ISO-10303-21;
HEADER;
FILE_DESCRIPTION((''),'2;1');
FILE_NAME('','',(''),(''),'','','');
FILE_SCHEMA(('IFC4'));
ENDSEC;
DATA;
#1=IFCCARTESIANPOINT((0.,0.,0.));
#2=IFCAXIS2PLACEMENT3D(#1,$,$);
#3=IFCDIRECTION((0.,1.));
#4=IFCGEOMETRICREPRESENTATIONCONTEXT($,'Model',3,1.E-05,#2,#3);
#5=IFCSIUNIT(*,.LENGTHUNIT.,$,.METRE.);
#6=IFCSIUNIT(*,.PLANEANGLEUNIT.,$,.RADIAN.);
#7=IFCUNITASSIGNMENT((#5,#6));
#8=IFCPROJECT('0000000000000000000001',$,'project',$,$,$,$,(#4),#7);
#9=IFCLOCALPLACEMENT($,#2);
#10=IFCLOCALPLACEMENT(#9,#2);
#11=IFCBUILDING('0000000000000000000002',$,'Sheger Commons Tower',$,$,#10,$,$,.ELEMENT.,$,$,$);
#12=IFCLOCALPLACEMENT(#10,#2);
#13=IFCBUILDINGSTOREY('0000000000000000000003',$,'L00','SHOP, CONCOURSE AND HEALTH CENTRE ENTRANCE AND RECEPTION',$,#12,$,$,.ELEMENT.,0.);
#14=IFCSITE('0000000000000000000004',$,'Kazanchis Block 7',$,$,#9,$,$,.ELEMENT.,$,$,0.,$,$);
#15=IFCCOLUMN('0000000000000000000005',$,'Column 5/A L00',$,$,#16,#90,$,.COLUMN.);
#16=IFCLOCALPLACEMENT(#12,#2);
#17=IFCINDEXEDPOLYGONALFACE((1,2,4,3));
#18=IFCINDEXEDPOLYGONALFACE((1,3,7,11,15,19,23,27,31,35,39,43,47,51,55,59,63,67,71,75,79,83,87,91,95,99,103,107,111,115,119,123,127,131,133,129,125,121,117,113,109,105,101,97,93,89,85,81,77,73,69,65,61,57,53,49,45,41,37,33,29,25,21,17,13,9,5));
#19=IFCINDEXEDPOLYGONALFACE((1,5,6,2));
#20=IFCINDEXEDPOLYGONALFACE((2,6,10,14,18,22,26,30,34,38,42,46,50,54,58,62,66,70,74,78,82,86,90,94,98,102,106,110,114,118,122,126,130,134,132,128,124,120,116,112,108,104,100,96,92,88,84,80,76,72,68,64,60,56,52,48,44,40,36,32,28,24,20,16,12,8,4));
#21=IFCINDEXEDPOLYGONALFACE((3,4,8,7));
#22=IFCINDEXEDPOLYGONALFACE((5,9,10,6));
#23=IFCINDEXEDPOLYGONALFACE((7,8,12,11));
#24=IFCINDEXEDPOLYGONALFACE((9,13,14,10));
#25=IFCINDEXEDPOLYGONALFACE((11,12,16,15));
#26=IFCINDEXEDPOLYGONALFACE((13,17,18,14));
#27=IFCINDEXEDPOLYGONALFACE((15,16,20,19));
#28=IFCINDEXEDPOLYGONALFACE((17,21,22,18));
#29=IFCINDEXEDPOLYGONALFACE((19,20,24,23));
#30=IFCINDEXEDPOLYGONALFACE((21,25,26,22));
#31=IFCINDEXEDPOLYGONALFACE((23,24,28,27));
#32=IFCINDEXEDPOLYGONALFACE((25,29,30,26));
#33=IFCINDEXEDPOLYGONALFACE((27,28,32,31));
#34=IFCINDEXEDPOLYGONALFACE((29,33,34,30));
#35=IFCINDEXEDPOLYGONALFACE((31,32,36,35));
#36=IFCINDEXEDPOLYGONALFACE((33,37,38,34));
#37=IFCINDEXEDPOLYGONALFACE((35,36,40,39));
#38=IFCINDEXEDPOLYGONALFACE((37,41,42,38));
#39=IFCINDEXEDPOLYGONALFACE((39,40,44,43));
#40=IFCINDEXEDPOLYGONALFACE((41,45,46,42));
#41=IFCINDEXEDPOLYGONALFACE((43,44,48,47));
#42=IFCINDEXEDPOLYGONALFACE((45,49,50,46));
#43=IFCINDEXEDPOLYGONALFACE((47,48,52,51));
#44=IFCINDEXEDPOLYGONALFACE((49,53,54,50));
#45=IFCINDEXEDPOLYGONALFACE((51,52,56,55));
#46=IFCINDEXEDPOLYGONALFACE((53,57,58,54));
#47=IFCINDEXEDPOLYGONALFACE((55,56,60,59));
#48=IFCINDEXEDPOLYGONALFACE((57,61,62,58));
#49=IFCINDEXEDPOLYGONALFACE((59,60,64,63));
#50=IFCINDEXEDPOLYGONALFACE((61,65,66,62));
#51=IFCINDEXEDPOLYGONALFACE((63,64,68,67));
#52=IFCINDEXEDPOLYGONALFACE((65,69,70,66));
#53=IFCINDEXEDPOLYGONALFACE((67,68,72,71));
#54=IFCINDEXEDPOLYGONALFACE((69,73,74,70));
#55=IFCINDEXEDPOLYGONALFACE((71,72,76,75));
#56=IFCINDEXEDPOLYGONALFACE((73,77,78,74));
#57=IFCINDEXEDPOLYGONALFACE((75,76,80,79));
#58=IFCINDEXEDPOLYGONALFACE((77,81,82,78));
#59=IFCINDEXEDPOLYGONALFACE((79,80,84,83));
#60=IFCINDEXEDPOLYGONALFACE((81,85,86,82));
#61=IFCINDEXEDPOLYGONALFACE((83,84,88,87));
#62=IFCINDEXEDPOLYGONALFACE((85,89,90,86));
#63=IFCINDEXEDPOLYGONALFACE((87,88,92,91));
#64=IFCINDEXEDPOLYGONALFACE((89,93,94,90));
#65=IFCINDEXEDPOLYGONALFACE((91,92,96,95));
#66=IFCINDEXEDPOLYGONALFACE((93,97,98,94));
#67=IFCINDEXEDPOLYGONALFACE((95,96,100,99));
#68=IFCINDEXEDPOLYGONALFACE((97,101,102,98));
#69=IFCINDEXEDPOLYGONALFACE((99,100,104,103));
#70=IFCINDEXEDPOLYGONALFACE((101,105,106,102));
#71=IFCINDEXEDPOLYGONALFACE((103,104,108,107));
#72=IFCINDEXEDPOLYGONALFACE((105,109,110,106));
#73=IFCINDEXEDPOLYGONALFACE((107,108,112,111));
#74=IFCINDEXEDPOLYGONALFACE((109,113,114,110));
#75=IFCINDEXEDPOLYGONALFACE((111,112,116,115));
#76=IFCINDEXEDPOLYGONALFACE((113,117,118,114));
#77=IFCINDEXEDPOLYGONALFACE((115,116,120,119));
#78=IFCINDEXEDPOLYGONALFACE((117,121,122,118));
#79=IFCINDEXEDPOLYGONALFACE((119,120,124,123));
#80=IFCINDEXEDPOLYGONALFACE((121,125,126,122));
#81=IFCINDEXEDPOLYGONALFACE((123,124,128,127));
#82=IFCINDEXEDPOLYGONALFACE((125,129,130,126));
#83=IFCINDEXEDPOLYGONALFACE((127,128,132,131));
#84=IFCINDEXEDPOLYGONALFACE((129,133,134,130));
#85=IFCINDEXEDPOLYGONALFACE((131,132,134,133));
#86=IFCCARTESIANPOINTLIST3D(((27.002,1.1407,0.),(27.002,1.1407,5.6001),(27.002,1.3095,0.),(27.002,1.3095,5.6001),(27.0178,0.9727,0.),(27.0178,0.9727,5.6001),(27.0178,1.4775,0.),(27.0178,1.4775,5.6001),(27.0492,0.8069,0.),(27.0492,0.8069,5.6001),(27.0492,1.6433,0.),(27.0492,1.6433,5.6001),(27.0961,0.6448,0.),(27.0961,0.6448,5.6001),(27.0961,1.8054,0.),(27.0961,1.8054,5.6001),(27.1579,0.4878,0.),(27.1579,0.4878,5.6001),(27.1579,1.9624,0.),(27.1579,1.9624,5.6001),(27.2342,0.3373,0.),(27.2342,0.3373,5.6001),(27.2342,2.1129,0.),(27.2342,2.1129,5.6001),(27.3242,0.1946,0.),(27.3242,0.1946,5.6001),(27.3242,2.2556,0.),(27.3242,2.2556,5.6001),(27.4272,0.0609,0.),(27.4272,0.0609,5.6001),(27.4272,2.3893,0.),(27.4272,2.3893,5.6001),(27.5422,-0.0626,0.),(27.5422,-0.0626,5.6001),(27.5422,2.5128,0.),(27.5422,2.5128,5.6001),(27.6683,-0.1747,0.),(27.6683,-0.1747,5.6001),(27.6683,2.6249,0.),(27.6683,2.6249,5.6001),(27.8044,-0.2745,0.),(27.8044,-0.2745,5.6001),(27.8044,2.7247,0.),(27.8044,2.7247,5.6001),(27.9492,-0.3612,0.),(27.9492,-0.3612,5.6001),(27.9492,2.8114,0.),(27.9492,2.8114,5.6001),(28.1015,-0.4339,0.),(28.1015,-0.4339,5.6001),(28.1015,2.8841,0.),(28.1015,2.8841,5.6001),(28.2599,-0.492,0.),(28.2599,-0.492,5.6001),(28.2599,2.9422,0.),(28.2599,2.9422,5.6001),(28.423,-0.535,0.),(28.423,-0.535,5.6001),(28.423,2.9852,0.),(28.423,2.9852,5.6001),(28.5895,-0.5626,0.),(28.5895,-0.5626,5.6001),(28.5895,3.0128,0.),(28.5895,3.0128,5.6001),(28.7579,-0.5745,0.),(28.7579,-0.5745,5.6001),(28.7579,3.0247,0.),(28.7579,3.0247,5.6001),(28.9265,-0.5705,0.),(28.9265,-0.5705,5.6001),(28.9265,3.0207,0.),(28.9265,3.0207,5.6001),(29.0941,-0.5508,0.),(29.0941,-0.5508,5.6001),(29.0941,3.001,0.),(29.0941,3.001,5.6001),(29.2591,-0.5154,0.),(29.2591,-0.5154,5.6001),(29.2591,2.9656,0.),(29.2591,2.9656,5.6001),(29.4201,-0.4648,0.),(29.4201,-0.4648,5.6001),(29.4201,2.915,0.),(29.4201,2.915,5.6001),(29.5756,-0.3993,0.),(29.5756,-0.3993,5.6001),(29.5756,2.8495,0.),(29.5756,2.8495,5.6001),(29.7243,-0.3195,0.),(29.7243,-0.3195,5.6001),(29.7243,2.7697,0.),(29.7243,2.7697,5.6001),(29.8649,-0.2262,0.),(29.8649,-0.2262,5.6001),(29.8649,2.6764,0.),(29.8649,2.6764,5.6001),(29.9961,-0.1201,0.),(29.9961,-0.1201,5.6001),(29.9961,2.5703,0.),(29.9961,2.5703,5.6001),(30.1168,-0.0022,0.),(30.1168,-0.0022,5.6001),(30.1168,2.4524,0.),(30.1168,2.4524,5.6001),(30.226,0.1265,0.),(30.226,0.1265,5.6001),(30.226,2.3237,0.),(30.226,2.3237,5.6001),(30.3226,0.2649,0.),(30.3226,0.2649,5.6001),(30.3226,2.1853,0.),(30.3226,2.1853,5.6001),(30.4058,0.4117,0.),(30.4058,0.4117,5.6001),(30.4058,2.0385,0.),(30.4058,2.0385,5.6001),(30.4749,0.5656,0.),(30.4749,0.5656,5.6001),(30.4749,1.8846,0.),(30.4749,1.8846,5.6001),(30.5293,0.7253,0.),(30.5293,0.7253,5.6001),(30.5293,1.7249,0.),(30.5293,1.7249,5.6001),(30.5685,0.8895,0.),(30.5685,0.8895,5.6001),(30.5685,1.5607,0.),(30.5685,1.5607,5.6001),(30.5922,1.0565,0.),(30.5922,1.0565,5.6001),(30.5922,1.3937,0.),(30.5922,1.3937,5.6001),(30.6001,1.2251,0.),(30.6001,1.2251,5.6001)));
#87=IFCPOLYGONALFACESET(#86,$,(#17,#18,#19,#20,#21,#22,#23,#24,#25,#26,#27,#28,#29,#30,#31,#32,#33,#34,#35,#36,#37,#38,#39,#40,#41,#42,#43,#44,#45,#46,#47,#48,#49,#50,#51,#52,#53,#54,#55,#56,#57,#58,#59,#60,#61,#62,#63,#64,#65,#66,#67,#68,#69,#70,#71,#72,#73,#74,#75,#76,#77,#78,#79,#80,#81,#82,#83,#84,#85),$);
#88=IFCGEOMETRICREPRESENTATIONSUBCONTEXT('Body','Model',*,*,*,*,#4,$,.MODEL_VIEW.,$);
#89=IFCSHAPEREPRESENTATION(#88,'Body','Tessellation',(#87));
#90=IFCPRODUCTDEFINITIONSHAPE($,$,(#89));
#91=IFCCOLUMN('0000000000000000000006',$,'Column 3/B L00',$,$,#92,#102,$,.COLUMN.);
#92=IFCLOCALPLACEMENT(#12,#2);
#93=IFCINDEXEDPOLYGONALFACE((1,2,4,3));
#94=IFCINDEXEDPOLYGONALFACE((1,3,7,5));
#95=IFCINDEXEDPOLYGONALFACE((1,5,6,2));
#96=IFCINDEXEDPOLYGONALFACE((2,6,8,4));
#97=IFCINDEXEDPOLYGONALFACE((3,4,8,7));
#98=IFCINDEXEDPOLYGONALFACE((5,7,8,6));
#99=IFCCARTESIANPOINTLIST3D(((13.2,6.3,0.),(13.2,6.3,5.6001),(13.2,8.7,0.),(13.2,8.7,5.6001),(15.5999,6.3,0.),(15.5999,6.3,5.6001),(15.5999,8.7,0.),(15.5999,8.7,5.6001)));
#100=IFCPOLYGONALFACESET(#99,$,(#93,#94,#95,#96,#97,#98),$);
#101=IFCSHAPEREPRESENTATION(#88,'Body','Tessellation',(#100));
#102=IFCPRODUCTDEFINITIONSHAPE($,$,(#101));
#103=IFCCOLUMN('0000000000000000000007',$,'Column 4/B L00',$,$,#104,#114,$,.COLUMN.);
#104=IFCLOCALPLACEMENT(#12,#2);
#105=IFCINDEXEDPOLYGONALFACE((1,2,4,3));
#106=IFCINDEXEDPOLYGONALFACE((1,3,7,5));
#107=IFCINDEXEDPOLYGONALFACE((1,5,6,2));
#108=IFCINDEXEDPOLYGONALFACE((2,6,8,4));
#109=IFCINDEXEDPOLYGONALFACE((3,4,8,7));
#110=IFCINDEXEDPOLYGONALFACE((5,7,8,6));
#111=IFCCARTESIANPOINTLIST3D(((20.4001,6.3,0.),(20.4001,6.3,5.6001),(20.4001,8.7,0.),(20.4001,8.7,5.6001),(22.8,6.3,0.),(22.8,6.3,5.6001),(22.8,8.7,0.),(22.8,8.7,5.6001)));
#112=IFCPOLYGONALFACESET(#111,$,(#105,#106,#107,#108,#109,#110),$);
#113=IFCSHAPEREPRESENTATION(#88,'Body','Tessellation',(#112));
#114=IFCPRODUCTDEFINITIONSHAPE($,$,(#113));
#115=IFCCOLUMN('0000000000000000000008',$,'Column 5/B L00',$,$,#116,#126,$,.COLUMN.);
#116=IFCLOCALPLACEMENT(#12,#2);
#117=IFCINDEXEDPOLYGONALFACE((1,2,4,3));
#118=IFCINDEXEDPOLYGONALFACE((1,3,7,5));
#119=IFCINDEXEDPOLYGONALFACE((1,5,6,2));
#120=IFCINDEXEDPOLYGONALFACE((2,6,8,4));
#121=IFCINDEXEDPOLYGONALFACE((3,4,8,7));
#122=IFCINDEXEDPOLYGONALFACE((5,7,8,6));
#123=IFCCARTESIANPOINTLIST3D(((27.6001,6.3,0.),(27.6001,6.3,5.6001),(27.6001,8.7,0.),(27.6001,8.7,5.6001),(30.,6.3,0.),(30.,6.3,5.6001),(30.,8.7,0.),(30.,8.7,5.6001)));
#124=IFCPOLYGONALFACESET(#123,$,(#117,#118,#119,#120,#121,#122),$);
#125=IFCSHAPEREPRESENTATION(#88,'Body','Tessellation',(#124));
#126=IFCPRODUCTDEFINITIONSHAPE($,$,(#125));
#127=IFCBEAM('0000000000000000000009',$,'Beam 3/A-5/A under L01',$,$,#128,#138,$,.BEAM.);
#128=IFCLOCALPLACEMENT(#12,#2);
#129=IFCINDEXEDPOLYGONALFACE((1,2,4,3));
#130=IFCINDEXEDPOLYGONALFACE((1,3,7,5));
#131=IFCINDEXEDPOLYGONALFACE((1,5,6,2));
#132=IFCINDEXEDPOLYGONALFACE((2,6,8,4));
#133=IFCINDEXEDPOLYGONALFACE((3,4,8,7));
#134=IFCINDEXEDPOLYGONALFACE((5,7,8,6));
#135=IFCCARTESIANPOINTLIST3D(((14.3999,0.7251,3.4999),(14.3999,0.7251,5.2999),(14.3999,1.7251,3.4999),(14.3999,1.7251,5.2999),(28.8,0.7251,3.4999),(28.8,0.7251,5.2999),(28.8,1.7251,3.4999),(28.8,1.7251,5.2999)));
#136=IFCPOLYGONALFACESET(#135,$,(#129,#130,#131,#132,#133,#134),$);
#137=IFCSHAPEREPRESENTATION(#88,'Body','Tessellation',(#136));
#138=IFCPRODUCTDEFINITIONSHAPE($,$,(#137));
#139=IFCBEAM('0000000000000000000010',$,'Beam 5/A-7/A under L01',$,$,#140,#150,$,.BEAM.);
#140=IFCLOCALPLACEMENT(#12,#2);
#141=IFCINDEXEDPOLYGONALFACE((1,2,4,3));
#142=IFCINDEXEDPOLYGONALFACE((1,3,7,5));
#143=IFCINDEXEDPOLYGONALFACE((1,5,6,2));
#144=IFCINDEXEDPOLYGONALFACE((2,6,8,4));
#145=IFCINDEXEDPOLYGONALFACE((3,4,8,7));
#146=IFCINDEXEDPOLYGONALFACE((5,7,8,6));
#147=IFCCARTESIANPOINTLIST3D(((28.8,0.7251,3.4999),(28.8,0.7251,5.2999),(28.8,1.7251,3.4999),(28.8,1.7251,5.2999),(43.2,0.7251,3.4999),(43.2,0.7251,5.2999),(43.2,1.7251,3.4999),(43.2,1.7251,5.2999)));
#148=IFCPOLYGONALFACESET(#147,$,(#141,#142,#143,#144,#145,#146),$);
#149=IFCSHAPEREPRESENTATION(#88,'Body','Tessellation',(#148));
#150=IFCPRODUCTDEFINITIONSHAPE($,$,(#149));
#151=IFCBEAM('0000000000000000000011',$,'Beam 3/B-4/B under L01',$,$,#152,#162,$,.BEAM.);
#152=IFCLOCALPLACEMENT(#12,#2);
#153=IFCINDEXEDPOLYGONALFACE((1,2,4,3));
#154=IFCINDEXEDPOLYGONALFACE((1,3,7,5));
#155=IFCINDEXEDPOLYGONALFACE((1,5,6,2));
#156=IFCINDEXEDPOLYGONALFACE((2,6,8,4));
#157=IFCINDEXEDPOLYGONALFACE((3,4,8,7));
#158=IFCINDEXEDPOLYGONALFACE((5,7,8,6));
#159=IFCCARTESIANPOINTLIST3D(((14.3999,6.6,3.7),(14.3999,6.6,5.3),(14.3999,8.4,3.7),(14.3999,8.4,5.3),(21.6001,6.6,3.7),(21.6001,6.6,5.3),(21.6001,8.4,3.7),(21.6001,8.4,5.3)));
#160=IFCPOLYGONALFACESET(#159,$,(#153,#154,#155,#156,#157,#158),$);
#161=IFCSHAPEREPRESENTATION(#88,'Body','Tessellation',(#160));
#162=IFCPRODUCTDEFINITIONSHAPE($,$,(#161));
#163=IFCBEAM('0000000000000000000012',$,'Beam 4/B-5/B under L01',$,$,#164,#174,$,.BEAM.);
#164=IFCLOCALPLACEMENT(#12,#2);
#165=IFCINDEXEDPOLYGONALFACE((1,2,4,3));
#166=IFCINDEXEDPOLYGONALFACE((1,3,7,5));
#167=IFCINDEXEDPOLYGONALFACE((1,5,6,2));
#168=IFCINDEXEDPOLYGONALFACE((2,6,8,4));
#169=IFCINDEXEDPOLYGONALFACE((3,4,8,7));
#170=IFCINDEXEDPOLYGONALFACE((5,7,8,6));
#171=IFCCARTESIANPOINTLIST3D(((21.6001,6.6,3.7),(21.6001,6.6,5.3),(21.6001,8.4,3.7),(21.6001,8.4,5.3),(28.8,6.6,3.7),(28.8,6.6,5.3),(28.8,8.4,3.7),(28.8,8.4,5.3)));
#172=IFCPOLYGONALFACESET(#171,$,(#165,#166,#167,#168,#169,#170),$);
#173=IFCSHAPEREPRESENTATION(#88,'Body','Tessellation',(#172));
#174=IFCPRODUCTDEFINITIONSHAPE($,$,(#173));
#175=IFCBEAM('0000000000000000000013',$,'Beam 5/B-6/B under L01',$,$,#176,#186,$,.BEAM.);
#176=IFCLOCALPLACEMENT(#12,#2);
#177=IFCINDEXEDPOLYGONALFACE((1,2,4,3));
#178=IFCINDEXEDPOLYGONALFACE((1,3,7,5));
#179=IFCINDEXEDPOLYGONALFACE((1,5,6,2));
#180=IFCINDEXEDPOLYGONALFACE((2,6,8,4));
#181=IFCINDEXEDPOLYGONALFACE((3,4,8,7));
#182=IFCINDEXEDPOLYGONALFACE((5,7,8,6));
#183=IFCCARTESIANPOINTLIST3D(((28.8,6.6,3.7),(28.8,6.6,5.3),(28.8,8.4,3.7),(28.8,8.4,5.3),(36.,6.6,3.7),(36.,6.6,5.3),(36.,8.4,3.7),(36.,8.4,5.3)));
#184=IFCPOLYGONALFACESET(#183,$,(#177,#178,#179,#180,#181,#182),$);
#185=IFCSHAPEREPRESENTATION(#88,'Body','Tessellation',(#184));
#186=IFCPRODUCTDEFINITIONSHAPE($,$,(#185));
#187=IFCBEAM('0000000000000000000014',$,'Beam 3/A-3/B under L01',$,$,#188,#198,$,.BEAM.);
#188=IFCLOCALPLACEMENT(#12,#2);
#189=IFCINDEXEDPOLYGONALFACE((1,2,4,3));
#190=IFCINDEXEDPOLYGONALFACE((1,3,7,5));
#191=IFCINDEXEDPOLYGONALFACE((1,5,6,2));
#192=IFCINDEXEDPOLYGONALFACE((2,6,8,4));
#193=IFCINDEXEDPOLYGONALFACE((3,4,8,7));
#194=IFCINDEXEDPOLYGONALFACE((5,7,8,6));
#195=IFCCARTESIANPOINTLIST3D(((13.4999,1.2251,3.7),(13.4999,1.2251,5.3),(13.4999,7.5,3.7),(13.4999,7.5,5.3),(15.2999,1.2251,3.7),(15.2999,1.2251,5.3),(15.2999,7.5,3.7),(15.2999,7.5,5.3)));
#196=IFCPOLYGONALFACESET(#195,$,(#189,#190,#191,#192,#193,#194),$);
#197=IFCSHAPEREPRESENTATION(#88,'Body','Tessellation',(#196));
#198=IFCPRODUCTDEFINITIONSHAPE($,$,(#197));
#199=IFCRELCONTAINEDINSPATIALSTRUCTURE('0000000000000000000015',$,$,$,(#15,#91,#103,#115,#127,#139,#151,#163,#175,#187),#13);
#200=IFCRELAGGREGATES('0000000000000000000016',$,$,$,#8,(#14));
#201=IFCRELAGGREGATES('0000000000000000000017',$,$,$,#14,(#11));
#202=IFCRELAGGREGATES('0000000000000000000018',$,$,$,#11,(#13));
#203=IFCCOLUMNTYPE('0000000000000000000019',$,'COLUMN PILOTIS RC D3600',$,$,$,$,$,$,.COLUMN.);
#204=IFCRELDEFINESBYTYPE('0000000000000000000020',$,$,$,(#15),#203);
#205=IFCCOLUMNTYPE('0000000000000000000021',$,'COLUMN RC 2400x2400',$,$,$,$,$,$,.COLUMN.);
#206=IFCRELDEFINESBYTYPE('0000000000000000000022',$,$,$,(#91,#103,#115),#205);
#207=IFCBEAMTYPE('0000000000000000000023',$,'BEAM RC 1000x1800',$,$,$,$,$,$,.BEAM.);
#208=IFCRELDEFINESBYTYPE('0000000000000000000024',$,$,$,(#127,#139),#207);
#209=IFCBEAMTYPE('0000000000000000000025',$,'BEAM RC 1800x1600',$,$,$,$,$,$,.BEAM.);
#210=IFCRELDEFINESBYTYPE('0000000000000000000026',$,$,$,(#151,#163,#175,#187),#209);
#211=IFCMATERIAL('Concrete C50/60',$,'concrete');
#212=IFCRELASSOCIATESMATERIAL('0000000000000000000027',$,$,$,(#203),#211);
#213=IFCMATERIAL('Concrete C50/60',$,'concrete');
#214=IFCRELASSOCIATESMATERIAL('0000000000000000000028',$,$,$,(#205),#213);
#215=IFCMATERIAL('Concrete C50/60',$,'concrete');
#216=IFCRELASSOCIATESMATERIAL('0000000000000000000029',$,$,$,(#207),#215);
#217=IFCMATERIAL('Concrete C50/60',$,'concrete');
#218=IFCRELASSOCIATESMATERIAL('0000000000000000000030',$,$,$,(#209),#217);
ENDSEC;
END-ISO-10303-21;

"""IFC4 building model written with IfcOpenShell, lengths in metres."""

from ifc_helpers import new_model, si_unit, direction, frame, origin, origin_2d, place, context, subcontext, project, spatial, rectangle, circle, extrude, material, material_profile, profile_set, type_object, element, save


model = new_model("IFC4")

# Units and contexts
model_context = context("Model", 3, precision=1e-05, world=origin(), true_north=direction((0.0, 1.0)))
body_context = subcontext(model_context, "Body", "Model", "MODEL_VIEW")
ifc_project = project(units=[si_unit("LENGTHUNIT", "METRE"), si_unit("PLANEANGLEUNIT", "RADIAN")], contexts=[model_context])

# Site, building, storey
site_placement = place(None, origin())
site = spatial("IfcSite", under=ifc_project, at=site_placement, Name="Kazanchis Block 7", CompositionType="ELEMENT", RefElevation=0.0)
building_placement = place(site_placement, origin())
building = spatial("IfcBuilding", under=site, at=building_placement, Name="Sheger Commons Tower", CompositionType="ELEMENT")
storey_placement = place(building_placement, origin())
storey = spatial("IfcBuildingStorey", under=building, at=storey_placement, Name="L00", Description="SHOP, CONCOURSE AND HEALTH CENTRE ENTRANCE AND RECEPTION", CompositionType="ELEMENT", Elevation=0.0)

# Columns
ifc_material_1 = material(Name="Concrete C50/60", Category="concrete")
ifc_material_profile_1 = material_profile(ifc_material_1, circle(Radius=1.8, at=origin_2d()), Name="RC D3600")
ifc_profile_set_1 = profile_set([ifc_material_profile_1], Name="Concrete C50/60")
column_type_1 = type_object("IfcColumnType", Name="COLUMN PILOTIS RC D3600", PredefinedType="COLUMN", material=ifc_profile_set_1)
column_placement = place(storey_placement, frame((28.8, 1.2251, 0.0), z_axis=(0.0, 0.0, 1.0), x_axis=(1.0, 0.0, 0.0)))
element("IfcColumn", 1, at=column_placement, inside=storey, type_object=column_type_1, Name="Column 5/A L00", PredefinedType="COLUMN", context=body_context, shape_type="SweptSolid", body=[
    extrude(circle(Radius=1.8, at=origin_2d()), origin(), (0.0, 0.0, 1.0), 5.6001),
])
ifc_material_2 = material(Name="Concrete C50/60", Category="concrete")
ifc_material_profile_2 = material_profile(ifc_material_2, rectangle(XDim=2.3999, YDim=2.3999, at=origin_2d()), Name="RC 2400x2400")
ifc_profile_set_2 = profile_set([ifc_material_profile_2], Name="Concrete C50/60")
column_type_2 = type_object("IfcColumnType", Name="COLUMN RC 2400x2400", PredefinedType="COLUMN", material=ifc_profile_set_2)
for number, where, z_axis, x_axis, name in (
    (2, (14.3999, 7.5, 0.0), (0.0, 0.0, 1.0), (1.0, 0.0, 0.0), "Column 3/B L00"),
    (3, (21.6001, 7.5, 0.0), (0.0, 0.0, 1.0), (1.0, 0.0, 0.0), "Column 4/B L00"),
    (4, (28.8, 7.5, 0.0), (0.0, 0.0, 1.0), (1.0, 0.0, 0.0), "Column 5/B L00"),
):
    element("IfcColumn", number, at=place(storey_placement, frame(where, z_axis=z_axis, x_axis=x_axis)), inside=storey, type_object=column_type_2, Name=name, PredefinedType="COLUMN", context=body_context, shape_type="SweptSolid", body=[
        extrude(rectangle(XDim=2.3999, YDim=2.3999, at=origin_2d()), origin(), (0.0, 0.0, 1.0), 5.6001),
    ])

# Beams
ifc_material_3 = material(Name="Concrete C50/60", Category="concrete")
ifc_material_profile_3 = material_profile(ifc_material_3, rectangle(XDim=1.0, YDim=1.8, at=origin_2d()), Name="RC 1000x1800")
ifc_profile_set_3 = profile_set([ifc_material_profile_3], Name="Concrete C50/60")
beam_type_1 = type_object("IfcBeamType", Name="BEAM RC 1000x1800", PredefinedType="BEAM", material=ifc_profile_set_3)
beam_1_placement = place(storey_placement, frame((14.3999, 1.2251, 4.3999), z_axis=(1.0, 0.0, 0.0), x_axis=(0.0, 1.0, 0.0)))
element("IfcBeam", 5, at=beam_1_placement, inside=storey, type_object=beam_type_1, Name="Beam 3/A-5/A under L01", PredefinedType="BEAM", context=body_context, shape_type="SweptSolid", body=[
    extrude(rectangle(XDim=1.0, YDim=1.8, at=origin_2d()), origin(), (0.0, 0.0, 1.0), 14.4001),
])
beam_2_placement = place(storey_placement, frame((28.8, 1.2251, 4.3999), z_axis=(1.0, 0.0, 0.0), x_axis=(0.0, 1.0, 0.0)))
element("IfcBeam", 6, at=beam_2_placement, inside=storey, type_object=beam_type_1, Name="Beam 5/A-7/A under L01", PredefinedType="BEAM", context=body_context, shape_type="SweptSolid", body=[
    extrude(rectangle(XDim=1.0, YDim=1.8, at=origin_2d()), origin(), (0.0, 0.0, 1.0), 14.3999),
])
ifc_material_4 = material(Name="Concrete C50/60", Category="concrete")
ifc_material_profile_4 = material_profile(ifc_material_4, rectangle(XDim=1.8, YDim=1.6001, at=origin_2d()), Name="RC 1800x1600")
ifc_profile_set_4 = profile_set([ifc_material_profile_4], Name="Concrete C50/60")
beam_type_2 = type_object("IfcBeamType", Name="BEAM RC 1800x1600", PredefinedType="BEAM", material=ifc_profile_set_4)
beam_3_placement = place(storey_placement, frame((14.3999, 7.5, 4.5), z_axis=(1.0, 0.0, 0.0), x_axis=(0.0, 1.0, 0.0)))
element("IfcBeam", 7, at=beam_3_placement, inside=storey, type_object=beam_type_2, Name="Beam 3/B-4/B under L01", PredefinedType="BEAM", context=body_context, shape_type="SweptSolid", body=[
    extrude(rectangle(XDim=1.8, YDim=1.6001, at=origin_2d()), origin(), (0.0, 0.0, 1.0), 7.2002),
])
for number, where, z_axis, x_axis, name in (
    (8, (21.6001, 7.5, 4.5), (1.0, 0.0, 0.0), (0.0, 1.0, 0.0), "Beam 4/B-5/B under L01"),
    (9, (28.8, 7.5, 4.5), (1.0, 0.0, 0.0), (0.0, 1.0, 0.0), "Beam 5/B-6/B under L01"),
):
    element("IfcBeam", number, at=place(storey_placement, frame(where, z_axis=z_axis, x_axis=x_axis)), inside=storey, type_object=beam_type_2, Name=name, PredefinedType="BEAM", context=body_context, shape_type="SweptSolid", body=[
        extrude(rectangle(XDim=1.8, YDim=1.6001, at=origin_2d()), origin(), (0.0, 0.0, 1.0), 7.2),
    ])
beam_4_placement = place(storey_placement, frame((14.3999, 1.2251, 4.5), z_axis=(0.0, 1.0, 0.0), x_axis=(-1.0, 0.0, 0.0)))
element("IfcBeam", 10, at=beam_4_placement, inside=storey, type_object=beam_type_2, Name="Beam 3/A-3/B under L01", PredefinedType="BEAM", context=body_context, shape_type="SweptSolid", body=[
    extrude(rectangle(XDim=1.8, YDim=1.6001, at=origin_2d()), origin(), (0.0, 0.0, 1.0), 6.2749),
])

save(model, "model.ifc")
